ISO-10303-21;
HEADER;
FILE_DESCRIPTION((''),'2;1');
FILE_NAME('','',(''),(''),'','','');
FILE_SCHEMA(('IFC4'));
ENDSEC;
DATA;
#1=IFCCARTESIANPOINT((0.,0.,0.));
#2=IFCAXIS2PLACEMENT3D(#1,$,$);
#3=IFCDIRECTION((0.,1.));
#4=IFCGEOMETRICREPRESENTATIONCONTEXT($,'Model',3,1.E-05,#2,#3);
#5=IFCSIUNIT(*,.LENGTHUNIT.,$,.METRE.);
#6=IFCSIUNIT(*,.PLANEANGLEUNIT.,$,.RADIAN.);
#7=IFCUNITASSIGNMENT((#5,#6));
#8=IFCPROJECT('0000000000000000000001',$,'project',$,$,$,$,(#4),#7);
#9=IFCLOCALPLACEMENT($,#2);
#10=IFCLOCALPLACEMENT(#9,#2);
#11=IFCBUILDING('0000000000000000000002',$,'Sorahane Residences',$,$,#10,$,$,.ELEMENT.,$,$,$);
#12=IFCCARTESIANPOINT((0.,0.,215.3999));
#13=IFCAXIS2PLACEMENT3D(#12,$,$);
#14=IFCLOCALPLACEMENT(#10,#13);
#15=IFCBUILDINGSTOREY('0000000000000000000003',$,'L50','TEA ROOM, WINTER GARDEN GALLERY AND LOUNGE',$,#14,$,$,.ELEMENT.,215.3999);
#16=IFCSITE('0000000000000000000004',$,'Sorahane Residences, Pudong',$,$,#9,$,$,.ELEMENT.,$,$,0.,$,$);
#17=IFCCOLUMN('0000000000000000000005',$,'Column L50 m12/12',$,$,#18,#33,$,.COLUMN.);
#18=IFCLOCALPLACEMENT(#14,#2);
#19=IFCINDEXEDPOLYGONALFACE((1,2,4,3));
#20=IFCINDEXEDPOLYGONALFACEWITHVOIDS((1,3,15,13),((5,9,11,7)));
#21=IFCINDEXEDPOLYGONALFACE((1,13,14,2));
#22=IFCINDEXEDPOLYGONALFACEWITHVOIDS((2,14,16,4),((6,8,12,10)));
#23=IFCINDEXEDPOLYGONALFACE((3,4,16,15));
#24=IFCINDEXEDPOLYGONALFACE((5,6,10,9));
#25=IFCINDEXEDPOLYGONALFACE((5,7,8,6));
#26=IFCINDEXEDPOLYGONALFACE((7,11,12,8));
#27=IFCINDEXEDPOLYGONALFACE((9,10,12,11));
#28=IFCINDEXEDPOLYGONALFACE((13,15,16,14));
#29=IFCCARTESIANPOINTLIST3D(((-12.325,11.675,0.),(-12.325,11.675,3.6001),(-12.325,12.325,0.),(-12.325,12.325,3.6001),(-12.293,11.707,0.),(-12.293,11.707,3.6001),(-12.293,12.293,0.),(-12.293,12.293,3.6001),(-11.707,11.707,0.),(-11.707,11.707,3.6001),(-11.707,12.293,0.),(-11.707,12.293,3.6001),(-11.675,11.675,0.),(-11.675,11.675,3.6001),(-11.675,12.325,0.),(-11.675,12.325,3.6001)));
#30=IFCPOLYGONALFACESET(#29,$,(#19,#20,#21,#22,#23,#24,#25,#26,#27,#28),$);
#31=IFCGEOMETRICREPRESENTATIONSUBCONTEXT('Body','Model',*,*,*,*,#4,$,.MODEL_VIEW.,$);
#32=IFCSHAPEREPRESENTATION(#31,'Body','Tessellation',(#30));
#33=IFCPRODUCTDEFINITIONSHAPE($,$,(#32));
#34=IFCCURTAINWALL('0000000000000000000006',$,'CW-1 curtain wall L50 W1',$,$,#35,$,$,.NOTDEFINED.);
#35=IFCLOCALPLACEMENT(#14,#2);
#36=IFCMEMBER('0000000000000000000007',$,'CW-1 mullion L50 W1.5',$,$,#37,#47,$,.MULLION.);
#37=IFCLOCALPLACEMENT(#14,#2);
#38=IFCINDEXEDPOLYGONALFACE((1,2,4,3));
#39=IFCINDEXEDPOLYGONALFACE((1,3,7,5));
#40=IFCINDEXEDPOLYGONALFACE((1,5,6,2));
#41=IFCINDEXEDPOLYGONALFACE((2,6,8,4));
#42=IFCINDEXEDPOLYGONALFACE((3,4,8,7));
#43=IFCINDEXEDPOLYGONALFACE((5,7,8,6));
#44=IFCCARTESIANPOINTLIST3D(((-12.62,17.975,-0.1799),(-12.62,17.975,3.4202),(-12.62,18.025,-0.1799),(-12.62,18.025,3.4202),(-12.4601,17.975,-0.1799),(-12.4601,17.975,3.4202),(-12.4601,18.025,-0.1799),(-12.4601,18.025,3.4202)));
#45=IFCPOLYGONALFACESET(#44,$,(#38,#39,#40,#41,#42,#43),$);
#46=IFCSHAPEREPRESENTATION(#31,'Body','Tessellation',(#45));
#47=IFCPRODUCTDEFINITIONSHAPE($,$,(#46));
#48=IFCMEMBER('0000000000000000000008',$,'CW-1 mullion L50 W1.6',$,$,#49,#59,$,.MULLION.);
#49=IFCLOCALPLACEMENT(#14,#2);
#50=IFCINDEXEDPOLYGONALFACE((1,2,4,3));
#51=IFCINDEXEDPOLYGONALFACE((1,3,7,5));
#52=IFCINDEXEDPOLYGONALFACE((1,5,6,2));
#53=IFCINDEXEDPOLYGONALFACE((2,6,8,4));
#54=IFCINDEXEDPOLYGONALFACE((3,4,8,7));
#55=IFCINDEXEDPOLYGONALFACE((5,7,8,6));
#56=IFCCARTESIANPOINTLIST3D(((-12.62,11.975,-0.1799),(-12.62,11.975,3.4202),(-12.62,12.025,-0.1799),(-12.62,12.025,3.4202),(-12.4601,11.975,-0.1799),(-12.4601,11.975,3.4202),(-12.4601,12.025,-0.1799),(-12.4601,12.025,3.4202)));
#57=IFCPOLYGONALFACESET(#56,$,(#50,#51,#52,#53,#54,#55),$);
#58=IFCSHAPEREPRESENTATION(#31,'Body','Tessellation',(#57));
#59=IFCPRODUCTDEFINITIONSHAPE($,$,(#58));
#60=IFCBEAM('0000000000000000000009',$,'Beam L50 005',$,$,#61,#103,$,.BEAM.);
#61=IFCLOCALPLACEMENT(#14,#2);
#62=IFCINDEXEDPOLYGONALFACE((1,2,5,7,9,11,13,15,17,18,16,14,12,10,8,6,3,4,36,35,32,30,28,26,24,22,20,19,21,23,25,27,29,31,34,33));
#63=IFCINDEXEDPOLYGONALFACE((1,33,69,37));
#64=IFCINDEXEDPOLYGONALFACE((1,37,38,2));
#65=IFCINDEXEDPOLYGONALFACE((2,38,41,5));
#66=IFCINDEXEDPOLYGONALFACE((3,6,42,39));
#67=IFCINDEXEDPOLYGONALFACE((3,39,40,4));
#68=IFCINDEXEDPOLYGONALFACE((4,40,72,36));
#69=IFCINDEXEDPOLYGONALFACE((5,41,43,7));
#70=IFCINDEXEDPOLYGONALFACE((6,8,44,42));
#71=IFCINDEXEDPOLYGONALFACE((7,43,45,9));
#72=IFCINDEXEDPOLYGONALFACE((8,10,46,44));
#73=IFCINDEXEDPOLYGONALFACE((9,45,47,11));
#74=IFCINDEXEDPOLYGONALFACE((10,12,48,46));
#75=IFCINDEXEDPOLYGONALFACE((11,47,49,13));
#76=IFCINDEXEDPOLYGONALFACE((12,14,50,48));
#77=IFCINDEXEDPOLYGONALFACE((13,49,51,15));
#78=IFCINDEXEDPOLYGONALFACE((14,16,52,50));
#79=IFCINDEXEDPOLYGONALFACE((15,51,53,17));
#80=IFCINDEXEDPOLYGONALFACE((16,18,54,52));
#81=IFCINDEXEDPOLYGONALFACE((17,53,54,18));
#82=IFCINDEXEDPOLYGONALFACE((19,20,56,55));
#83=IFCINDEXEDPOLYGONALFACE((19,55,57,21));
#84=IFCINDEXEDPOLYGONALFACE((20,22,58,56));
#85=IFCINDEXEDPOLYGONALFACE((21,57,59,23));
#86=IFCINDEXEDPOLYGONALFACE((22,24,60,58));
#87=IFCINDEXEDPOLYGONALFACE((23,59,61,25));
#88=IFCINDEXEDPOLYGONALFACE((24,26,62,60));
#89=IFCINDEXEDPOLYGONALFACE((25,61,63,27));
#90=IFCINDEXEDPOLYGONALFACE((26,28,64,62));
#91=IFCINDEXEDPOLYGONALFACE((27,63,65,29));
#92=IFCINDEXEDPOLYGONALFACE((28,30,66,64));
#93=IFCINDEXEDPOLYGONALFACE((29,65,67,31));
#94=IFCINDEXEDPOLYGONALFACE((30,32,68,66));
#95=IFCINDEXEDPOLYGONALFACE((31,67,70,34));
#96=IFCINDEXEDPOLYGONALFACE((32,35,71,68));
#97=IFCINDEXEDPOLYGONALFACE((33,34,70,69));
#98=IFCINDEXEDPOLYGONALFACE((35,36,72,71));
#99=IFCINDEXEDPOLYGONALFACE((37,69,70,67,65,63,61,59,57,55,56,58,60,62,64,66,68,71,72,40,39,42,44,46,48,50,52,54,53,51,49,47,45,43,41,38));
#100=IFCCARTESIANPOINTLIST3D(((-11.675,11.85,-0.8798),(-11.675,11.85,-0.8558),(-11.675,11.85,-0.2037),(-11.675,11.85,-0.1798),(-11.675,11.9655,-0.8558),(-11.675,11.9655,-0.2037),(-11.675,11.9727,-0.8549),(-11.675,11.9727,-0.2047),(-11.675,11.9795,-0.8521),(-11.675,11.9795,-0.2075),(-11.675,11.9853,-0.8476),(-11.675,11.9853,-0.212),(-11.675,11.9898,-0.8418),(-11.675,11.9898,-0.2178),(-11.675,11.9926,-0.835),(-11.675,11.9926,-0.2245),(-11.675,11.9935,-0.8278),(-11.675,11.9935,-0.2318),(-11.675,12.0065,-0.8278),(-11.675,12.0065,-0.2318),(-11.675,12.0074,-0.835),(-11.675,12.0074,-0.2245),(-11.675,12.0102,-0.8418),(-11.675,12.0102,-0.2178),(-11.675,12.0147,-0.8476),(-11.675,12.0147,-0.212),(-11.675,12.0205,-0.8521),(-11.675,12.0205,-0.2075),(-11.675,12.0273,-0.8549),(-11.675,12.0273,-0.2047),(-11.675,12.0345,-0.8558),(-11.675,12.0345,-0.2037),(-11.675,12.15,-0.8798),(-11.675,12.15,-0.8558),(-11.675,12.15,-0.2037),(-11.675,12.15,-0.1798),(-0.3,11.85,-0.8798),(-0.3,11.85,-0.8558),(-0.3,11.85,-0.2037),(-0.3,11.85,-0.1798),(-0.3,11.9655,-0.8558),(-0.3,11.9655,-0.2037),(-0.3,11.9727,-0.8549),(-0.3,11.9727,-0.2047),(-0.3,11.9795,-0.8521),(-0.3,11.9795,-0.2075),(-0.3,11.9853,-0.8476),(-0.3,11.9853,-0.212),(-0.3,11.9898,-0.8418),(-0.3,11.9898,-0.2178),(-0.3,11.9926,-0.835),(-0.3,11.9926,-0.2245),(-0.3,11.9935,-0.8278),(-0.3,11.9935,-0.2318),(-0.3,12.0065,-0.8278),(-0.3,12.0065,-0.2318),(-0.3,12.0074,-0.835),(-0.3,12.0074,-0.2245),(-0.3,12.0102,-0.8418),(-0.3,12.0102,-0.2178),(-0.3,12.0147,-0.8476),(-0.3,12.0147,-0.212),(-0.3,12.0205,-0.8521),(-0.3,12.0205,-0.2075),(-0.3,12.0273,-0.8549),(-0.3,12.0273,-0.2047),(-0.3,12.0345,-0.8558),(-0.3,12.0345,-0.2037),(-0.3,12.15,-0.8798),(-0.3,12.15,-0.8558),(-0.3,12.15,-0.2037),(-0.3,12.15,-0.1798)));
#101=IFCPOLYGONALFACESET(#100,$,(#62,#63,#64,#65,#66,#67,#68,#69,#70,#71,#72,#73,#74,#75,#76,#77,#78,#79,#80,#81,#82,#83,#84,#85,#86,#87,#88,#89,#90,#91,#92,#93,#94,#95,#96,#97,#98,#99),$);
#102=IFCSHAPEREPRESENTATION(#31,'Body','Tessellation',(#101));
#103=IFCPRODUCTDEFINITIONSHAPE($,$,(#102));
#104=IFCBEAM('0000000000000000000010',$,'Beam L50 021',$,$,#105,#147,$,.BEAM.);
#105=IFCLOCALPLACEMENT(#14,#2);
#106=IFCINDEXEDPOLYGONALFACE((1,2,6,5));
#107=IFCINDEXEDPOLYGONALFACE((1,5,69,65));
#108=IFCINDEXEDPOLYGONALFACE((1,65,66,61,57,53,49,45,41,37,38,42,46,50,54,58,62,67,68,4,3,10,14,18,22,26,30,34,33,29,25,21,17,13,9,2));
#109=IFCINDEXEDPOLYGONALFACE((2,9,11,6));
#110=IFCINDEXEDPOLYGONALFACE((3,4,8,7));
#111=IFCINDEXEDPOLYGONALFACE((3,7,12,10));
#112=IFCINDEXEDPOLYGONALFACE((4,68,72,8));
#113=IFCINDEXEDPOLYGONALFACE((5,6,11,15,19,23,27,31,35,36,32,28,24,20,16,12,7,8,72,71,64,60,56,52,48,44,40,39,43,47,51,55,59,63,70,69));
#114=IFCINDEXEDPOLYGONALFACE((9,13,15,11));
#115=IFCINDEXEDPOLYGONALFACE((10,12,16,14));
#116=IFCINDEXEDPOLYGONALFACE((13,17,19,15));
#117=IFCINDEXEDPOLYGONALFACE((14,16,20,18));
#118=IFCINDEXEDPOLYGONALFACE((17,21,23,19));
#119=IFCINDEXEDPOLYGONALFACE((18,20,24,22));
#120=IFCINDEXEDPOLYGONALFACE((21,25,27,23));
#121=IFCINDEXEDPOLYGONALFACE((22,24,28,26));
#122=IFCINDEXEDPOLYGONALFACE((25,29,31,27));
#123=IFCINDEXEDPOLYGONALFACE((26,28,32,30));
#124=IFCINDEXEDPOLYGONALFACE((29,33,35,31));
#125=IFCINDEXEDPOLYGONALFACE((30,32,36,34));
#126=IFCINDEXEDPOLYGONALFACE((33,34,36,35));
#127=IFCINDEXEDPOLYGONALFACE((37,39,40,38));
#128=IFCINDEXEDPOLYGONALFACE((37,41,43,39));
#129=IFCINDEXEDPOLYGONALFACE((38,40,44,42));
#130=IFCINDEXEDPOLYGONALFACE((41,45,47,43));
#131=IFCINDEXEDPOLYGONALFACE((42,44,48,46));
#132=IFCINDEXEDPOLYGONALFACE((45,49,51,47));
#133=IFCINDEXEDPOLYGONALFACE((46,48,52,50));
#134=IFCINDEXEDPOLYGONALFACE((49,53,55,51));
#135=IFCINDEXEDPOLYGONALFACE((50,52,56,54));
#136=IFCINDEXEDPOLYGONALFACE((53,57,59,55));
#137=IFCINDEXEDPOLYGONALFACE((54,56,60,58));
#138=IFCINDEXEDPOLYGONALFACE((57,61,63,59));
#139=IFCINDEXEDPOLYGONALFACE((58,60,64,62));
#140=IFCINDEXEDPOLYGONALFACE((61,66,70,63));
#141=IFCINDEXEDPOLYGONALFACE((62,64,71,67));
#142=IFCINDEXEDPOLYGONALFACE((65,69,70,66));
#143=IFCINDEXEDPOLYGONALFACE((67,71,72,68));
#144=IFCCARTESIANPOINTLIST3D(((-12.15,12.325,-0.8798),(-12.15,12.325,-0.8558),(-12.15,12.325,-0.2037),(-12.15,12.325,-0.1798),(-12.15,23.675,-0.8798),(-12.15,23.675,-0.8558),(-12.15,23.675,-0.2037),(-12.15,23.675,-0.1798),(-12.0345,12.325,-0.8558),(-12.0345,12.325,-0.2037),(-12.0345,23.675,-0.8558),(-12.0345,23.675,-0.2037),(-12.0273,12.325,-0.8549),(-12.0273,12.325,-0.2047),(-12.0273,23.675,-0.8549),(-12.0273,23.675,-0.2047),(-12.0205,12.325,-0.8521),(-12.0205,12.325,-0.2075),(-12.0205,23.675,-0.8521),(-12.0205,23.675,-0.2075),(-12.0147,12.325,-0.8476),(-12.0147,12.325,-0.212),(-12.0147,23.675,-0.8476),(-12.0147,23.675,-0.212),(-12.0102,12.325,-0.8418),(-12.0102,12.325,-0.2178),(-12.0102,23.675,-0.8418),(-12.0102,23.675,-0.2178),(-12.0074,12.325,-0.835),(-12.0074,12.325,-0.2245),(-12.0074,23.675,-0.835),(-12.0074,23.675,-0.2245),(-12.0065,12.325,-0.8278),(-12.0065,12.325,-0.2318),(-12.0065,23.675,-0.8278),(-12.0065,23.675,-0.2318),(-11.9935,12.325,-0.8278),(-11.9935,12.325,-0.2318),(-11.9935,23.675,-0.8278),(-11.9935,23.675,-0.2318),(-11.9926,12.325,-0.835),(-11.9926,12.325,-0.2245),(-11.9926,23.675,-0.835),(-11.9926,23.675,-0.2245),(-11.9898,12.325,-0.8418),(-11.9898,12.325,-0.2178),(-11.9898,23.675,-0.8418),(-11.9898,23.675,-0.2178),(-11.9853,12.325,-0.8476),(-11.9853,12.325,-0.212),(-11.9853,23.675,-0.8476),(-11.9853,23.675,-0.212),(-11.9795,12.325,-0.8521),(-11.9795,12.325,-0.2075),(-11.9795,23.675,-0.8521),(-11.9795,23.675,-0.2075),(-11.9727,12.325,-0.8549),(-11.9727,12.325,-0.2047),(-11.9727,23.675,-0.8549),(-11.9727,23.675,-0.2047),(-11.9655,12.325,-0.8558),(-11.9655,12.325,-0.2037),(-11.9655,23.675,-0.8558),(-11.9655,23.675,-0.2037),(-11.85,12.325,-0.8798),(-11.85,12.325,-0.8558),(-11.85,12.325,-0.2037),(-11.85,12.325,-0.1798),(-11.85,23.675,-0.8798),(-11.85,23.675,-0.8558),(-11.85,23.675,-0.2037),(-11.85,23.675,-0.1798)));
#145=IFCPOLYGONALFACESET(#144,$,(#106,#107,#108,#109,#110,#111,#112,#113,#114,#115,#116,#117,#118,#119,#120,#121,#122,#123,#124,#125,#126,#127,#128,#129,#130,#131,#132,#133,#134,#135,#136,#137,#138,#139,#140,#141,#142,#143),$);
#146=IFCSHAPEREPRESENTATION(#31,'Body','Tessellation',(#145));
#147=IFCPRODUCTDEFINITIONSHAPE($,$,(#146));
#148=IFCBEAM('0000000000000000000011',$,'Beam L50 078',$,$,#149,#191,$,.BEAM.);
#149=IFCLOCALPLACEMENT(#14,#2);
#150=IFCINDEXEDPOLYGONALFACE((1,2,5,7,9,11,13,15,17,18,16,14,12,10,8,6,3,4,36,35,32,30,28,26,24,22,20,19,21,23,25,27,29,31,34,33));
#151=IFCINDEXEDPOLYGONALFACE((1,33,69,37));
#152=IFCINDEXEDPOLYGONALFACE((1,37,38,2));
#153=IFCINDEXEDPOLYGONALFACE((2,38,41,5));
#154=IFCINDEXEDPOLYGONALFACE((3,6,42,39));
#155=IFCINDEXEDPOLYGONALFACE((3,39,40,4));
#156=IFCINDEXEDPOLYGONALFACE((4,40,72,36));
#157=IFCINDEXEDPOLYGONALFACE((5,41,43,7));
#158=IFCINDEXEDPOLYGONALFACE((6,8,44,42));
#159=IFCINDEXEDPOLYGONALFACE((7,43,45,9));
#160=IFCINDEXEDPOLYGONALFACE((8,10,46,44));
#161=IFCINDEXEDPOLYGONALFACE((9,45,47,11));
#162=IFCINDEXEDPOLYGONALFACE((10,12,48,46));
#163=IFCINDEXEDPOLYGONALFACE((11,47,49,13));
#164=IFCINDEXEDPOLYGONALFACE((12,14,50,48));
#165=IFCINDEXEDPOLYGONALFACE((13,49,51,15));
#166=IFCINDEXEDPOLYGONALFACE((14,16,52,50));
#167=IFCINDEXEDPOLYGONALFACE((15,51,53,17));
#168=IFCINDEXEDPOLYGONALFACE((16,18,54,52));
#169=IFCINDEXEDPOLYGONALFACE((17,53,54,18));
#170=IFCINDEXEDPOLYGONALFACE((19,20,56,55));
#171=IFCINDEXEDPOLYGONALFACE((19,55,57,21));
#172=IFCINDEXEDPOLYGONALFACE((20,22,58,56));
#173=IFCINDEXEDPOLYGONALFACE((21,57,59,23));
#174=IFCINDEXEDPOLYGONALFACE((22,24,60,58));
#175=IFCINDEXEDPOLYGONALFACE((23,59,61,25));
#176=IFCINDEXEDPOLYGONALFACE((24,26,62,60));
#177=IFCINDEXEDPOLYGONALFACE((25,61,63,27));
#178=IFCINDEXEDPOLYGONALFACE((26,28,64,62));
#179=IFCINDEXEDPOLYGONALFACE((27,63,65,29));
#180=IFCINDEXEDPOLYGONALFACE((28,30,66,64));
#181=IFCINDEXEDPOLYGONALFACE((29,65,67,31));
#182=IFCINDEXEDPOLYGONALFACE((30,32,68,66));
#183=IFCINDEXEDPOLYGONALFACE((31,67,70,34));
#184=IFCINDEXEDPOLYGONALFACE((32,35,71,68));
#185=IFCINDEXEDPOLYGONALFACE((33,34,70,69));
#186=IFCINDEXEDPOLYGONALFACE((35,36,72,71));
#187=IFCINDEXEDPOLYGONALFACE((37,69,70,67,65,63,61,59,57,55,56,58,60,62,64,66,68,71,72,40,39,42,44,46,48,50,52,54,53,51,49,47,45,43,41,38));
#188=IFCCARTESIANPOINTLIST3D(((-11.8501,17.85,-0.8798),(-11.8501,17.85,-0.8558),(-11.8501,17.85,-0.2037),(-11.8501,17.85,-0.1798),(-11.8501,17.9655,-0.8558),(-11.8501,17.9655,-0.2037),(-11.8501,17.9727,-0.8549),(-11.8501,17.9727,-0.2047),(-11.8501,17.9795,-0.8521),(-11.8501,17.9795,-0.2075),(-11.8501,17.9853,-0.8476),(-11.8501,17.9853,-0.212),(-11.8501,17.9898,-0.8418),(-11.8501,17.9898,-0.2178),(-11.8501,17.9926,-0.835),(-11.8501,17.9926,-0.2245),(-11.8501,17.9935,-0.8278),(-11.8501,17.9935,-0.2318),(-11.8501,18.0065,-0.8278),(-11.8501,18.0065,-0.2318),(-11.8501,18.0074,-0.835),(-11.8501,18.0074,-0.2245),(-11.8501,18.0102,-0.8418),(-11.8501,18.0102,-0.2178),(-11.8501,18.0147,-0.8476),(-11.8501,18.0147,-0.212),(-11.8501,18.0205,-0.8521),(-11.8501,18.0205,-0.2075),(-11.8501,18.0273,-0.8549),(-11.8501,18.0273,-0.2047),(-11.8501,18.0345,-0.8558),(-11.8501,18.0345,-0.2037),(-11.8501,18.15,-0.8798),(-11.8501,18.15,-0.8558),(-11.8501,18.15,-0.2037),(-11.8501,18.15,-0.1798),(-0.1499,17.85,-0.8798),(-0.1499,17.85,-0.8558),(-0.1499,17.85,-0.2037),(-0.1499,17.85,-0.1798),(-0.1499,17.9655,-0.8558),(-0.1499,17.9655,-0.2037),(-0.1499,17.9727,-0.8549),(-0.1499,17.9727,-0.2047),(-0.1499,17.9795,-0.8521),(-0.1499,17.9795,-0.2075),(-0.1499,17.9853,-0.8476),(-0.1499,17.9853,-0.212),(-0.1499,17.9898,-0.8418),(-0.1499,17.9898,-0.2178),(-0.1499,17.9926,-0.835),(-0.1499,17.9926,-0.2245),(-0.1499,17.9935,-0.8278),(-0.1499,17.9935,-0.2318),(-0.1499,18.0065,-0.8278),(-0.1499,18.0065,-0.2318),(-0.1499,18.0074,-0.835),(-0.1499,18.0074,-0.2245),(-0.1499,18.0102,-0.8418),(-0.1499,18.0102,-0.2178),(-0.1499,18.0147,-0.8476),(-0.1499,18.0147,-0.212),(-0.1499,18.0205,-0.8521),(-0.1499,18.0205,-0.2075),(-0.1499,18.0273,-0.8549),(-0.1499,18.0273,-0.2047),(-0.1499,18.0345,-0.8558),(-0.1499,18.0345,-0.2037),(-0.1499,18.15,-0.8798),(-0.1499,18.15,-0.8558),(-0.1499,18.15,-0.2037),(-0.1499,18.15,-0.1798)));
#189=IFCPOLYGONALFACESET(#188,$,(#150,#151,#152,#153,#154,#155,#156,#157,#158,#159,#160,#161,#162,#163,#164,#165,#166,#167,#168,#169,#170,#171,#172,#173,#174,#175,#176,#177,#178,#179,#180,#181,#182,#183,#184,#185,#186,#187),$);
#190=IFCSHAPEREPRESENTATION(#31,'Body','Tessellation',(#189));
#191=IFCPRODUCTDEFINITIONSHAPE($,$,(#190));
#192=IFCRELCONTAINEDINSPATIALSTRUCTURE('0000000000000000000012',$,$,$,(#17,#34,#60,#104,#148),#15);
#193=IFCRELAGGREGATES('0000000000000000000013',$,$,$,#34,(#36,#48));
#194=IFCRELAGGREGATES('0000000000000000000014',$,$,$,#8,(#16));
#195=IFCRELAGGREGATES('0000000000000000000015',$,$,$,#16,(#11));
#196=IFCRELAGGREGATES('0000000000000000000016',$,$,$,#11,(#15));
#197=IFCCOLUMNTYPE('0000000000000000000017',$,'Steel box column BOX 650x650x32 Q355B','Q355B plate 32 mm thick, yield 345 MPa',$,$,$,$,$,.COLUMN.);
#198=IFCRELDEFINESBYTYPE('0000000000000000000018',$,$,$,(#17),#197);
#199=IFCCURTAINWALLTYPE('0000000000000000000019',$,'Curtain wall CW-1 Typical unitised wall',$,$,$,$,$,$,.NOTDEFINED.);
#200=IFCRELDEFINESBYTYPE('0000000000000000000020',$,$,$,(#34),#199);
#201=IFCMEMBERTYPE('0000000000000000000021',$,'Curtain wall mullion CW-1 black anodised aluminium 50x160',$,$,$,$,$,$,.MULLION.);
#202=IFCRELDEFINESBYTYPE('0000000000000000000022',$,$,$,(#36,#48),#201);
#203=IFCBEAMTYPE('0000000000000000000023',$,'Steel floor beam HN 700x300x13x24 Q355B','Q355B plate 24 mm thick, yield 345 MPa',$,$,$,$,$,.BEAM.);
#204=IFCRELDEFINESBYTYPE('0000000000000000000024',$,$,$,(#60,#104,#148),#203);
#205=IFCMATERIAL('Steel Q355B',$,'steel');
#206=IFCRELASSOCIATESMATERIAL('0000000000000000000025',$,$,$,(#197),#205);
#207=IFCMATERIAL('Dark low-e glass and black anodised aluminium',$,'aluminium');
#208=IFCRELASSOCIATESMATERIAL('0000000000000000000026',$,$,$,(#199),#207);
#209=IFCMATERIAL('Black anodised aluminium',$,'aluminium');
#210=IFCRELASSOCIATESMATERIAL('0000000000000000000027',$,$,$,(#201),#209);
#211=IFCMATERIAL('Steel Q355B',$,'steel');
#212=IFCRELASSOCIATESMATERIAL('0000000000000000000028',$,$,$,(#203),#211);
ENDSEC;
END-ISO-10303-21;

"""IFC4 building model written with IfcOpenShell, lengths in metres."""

from ifc_helpers import new_model, si_unit, direction, frame, origin, origin_2d, place, context, subcontext, project, spatial, rectangle, hollow_rectangle, i_section, extrude, material, material_profile, profile_set, type_object, element, aggregate, save


model = new_model("IFC4")

# Units and contexts
model_context = context("Model", 3, precision=1e-05, world=origin(), true_north=direction((0.0, 1.0)))
body_context = subcontext(model_context, "Body", "Model", "MODEL_VIEW")
ifc_project = project(units=[si_unit("LENGTHUNIT", "METRE"), si_unit("PLANEANGLEUNIT", "RADIAN")], contexts=[model_context])

# Site, building, storey
site_placement = place(None, origin())
site = spatial("IfcSite", under=ifc_project, at=site_placement, Name="Sorahane Residences, Pudong", CompositionType="ELEMENT", RefElevation=0.0)
building_placement = place(site_placement, origin())
building = spatial("IfcBuilding", under=site, at=building_placement, Name="Sorahane Residences", CompositionType="ELEMENT")
storey_placement = place(building_placement, frame((0.0, 0.0, 215.3999)))
storey = spatial("IfcBuildingStorey", under=building, at=storey_placement, Name="L50", Description="TEA ROOM, WINTER GARDEN GALLERY AND LOUNGE", CompositionType="ELEMENT", Elevation=215.3999)

# Column
ifc_material_1 = material(Name="Steel Q355B", Category="steel")
ifc_material_profile_1 = material_profile(ifc_material_1, hollow_rectangle(XDim=0.6499, YDim=0.6499, WallThickness=0.032, at=origin_2d()), Name="BOX 650x650x32")
ifc_profile_set_1 = profile_set([ifc_material_profile_1], Name="Steel Q355B")
column_type = type_object("IfcColumnType", Name="Steel box column BOX 650x650x32 Q355B", Description="Q355B plate 32 mm thick, yield 345 MPa", PredefinedType="COLUMN", material=ifc_profile_set_1)
column_placement = place(storey_placement, frame((-12.0, 12.0, 0.0), z_axis=(0.0, 0.0, 1.0), x_axis=(1.0, 0.0, 0.0)))
element("IfcColumn", 1, at=column_placement, inside=storey, type_object=column_type, Name="Column L50 m12/12", PredefinedType="COLUMN", context=body_context, shape_type="SweptSolid", body=[
    extrude(hollow_rectangle(XDim=0.6499, YDim=0.6499, WallThickness=0.032, at=origin_2d()), origin(), (0.0, 0.0, 1.0), 3.6001),
])

# Curtain wall, members
ifc_material_2 = material(Name="Dark low-e glass and black anodised aluminium", Category="aluminium")
curtain_wall_type = type_object("IfcCurtainWallType", Name="Curtain wall CW-1 Typical unitised wall", PredefinedType="NOTDEFINED", material=ifc_material_2)
curtain_wall_placement = place(storey_placement, origin())
curtain_wall = element("IfcCurtainWall", 2, at=curtain_wall_placement, inside=storey, type_object=curtain_wall_type, Name="CW-1 curtain wall L50 W1", PredefinedType="NOTDEFINED")
ifc_material_3 = material(Name="Black anodised aluminium", Category="aluminium")
ifc_material_profile_2 = material_profile(ifc_material_3, rectangle(XDim=0.1599, YDim=0.05, at=origin_2d()), Name="Curtain wall mullion CW-1 black anodised aluminium 50x160")
ifc_profile_set_2 = profile_set([ifc_material_profile_2], Name="Black anodised aluminium")
member_type = type_object("IfcMemberType", Name="Curtain wall mullion CW-1 black anodised aluminium 50x160", PredefinedType="MULLION", material=ifc_profile_set_2)
member_1_placement = place(storey_placement, frame((-12.54, 18.0, -0.1799), z_axis=(0.0, 0.0, 1.0), x_axis=(-1.0, 0.0, 0.0)))
member_1 = element("IfcMember", 3, at=member_1_placement, type_object=member_type, Name="CW-1 mullion L50 W1.5", PredefinedType="MULLION", context=body_context, shape_type="SweptSolid", body=[
    extrude(rectangle(XDim=0.1599, YDim=0.05, at=origin_2d()), origin(), (0.0, 0.0, 1.0), 3.6001),
])
member_2_placement = place(storey_placement, frame((-12.54, 12.0, -0.1799), z_axis=(0.0, 0.0, 1.0), x_axis=(-1.0, 0.0, 0.0)))
member_2 = element("IfcMember", 4, at=member_2_placement, type_object=member_type, Name="CW-1 mullion L50 W1.6", PredefinedType="MULLION", context=body_context, shape_type="SweptSolid", body=[
    extrude(rectangle(XDim=0.1599, YDim=0.05, at=origin_2d()), origin(), (0.0, 0.0, 1.0), 3.6001),
])

# Beams
ifc_material_4 = material(Name="Steel Q355B", Category="steel")
ifc_material_profile_3 = material_profile(ifc_material_4, i_section(OverallWidth=0.3, OverallDepth=0.7, WebThickness=0.0129, FlangeThickness=0.0239, FilletRadius=0.0281, at=origin_2d()), Name="HN 700x300x13x24")
ifc_profile_set_3 = profile_set([ifc_material_profile_3], Name="Steel Q355B")
beam_type = type_object("IfcBeamType", Name="Steel floor beam HN 700x300x13x24 Q355B", Description="Q355B plate 24 mm thick, yield 345 MPa", PredefinedType="BEAM", material=ifc_profile_set_3)
beam_1_placement = place(storey_placement, frame((-11.675, 12.0, -0.5298), z_axis=(1.0, 0.0, 0.0), x_axis=(0.0, 1.0, 0.0)))
element("IfcBeam", 5, at=beam_1_placement, inside=storey, type_object=beam_type, Name="Beam L50 005", PredefinedType="BEAM", context=body_context, shape_type="SweptSolid", body=[
    extrude(i_section(OverallWidth=0.3, OverallDepth=0.7, WebThickness=0.0129, FlangeThickness=0.0239, FilletRadius=0.0281, at=origin_2d()), origin(), (0.0, 0.0, 1.0), 11.375),
])
beam_2_placement = place(storey_placement, frame((-12.0, 12.325, -0.5298), z_axis=(0.0, 1.0, 0.0), x_axis=(-1.0, 0.0, 0.0)))
element("IfcBeam", 6, at=beam_2_placement, inside=storey, type_object=beam_type, Name="Beam L50 021", PredefinedType="BEAM", context=body_context, shape_type="SweptSolid", body=[
    extrude(i_section(OverallWidth=0.3, OverallDepth=0.7, WebThickness=0.0129, FlangeThickness=0.0239, FilletRadius=0.0281, at=origin_2d()), origin(), (0.0, 0.0, 1.0), 11.3501),
])
beam_3_placement = place(storey_placement, frame((-11.8501, 18.0, -0.5298), z_axis=(1.0, 0.0, 0.0), x_axis=(0.0, 1.0, 0.0)))
element("IfcBeam", 7, at=beam_3_placement, inside=storey, type_object=beam_type, Name="Beam L50 078", PredefinedType="BEAM", context=body_context, shape_type="SweptSolid", body=[
    extrude(i_section(OverallWidth=0.3, OverallDepth=0.7, WebThickness=0.0129, FlangeThickness=0.0239, FilletRadius=0.0281, at=origin_2d()), origin(), (0.0, 0.0, 1.0), 11.7002),
])

aggregate(curtain_wall, [member_1, member_2])

save(model, "model.ifc")
